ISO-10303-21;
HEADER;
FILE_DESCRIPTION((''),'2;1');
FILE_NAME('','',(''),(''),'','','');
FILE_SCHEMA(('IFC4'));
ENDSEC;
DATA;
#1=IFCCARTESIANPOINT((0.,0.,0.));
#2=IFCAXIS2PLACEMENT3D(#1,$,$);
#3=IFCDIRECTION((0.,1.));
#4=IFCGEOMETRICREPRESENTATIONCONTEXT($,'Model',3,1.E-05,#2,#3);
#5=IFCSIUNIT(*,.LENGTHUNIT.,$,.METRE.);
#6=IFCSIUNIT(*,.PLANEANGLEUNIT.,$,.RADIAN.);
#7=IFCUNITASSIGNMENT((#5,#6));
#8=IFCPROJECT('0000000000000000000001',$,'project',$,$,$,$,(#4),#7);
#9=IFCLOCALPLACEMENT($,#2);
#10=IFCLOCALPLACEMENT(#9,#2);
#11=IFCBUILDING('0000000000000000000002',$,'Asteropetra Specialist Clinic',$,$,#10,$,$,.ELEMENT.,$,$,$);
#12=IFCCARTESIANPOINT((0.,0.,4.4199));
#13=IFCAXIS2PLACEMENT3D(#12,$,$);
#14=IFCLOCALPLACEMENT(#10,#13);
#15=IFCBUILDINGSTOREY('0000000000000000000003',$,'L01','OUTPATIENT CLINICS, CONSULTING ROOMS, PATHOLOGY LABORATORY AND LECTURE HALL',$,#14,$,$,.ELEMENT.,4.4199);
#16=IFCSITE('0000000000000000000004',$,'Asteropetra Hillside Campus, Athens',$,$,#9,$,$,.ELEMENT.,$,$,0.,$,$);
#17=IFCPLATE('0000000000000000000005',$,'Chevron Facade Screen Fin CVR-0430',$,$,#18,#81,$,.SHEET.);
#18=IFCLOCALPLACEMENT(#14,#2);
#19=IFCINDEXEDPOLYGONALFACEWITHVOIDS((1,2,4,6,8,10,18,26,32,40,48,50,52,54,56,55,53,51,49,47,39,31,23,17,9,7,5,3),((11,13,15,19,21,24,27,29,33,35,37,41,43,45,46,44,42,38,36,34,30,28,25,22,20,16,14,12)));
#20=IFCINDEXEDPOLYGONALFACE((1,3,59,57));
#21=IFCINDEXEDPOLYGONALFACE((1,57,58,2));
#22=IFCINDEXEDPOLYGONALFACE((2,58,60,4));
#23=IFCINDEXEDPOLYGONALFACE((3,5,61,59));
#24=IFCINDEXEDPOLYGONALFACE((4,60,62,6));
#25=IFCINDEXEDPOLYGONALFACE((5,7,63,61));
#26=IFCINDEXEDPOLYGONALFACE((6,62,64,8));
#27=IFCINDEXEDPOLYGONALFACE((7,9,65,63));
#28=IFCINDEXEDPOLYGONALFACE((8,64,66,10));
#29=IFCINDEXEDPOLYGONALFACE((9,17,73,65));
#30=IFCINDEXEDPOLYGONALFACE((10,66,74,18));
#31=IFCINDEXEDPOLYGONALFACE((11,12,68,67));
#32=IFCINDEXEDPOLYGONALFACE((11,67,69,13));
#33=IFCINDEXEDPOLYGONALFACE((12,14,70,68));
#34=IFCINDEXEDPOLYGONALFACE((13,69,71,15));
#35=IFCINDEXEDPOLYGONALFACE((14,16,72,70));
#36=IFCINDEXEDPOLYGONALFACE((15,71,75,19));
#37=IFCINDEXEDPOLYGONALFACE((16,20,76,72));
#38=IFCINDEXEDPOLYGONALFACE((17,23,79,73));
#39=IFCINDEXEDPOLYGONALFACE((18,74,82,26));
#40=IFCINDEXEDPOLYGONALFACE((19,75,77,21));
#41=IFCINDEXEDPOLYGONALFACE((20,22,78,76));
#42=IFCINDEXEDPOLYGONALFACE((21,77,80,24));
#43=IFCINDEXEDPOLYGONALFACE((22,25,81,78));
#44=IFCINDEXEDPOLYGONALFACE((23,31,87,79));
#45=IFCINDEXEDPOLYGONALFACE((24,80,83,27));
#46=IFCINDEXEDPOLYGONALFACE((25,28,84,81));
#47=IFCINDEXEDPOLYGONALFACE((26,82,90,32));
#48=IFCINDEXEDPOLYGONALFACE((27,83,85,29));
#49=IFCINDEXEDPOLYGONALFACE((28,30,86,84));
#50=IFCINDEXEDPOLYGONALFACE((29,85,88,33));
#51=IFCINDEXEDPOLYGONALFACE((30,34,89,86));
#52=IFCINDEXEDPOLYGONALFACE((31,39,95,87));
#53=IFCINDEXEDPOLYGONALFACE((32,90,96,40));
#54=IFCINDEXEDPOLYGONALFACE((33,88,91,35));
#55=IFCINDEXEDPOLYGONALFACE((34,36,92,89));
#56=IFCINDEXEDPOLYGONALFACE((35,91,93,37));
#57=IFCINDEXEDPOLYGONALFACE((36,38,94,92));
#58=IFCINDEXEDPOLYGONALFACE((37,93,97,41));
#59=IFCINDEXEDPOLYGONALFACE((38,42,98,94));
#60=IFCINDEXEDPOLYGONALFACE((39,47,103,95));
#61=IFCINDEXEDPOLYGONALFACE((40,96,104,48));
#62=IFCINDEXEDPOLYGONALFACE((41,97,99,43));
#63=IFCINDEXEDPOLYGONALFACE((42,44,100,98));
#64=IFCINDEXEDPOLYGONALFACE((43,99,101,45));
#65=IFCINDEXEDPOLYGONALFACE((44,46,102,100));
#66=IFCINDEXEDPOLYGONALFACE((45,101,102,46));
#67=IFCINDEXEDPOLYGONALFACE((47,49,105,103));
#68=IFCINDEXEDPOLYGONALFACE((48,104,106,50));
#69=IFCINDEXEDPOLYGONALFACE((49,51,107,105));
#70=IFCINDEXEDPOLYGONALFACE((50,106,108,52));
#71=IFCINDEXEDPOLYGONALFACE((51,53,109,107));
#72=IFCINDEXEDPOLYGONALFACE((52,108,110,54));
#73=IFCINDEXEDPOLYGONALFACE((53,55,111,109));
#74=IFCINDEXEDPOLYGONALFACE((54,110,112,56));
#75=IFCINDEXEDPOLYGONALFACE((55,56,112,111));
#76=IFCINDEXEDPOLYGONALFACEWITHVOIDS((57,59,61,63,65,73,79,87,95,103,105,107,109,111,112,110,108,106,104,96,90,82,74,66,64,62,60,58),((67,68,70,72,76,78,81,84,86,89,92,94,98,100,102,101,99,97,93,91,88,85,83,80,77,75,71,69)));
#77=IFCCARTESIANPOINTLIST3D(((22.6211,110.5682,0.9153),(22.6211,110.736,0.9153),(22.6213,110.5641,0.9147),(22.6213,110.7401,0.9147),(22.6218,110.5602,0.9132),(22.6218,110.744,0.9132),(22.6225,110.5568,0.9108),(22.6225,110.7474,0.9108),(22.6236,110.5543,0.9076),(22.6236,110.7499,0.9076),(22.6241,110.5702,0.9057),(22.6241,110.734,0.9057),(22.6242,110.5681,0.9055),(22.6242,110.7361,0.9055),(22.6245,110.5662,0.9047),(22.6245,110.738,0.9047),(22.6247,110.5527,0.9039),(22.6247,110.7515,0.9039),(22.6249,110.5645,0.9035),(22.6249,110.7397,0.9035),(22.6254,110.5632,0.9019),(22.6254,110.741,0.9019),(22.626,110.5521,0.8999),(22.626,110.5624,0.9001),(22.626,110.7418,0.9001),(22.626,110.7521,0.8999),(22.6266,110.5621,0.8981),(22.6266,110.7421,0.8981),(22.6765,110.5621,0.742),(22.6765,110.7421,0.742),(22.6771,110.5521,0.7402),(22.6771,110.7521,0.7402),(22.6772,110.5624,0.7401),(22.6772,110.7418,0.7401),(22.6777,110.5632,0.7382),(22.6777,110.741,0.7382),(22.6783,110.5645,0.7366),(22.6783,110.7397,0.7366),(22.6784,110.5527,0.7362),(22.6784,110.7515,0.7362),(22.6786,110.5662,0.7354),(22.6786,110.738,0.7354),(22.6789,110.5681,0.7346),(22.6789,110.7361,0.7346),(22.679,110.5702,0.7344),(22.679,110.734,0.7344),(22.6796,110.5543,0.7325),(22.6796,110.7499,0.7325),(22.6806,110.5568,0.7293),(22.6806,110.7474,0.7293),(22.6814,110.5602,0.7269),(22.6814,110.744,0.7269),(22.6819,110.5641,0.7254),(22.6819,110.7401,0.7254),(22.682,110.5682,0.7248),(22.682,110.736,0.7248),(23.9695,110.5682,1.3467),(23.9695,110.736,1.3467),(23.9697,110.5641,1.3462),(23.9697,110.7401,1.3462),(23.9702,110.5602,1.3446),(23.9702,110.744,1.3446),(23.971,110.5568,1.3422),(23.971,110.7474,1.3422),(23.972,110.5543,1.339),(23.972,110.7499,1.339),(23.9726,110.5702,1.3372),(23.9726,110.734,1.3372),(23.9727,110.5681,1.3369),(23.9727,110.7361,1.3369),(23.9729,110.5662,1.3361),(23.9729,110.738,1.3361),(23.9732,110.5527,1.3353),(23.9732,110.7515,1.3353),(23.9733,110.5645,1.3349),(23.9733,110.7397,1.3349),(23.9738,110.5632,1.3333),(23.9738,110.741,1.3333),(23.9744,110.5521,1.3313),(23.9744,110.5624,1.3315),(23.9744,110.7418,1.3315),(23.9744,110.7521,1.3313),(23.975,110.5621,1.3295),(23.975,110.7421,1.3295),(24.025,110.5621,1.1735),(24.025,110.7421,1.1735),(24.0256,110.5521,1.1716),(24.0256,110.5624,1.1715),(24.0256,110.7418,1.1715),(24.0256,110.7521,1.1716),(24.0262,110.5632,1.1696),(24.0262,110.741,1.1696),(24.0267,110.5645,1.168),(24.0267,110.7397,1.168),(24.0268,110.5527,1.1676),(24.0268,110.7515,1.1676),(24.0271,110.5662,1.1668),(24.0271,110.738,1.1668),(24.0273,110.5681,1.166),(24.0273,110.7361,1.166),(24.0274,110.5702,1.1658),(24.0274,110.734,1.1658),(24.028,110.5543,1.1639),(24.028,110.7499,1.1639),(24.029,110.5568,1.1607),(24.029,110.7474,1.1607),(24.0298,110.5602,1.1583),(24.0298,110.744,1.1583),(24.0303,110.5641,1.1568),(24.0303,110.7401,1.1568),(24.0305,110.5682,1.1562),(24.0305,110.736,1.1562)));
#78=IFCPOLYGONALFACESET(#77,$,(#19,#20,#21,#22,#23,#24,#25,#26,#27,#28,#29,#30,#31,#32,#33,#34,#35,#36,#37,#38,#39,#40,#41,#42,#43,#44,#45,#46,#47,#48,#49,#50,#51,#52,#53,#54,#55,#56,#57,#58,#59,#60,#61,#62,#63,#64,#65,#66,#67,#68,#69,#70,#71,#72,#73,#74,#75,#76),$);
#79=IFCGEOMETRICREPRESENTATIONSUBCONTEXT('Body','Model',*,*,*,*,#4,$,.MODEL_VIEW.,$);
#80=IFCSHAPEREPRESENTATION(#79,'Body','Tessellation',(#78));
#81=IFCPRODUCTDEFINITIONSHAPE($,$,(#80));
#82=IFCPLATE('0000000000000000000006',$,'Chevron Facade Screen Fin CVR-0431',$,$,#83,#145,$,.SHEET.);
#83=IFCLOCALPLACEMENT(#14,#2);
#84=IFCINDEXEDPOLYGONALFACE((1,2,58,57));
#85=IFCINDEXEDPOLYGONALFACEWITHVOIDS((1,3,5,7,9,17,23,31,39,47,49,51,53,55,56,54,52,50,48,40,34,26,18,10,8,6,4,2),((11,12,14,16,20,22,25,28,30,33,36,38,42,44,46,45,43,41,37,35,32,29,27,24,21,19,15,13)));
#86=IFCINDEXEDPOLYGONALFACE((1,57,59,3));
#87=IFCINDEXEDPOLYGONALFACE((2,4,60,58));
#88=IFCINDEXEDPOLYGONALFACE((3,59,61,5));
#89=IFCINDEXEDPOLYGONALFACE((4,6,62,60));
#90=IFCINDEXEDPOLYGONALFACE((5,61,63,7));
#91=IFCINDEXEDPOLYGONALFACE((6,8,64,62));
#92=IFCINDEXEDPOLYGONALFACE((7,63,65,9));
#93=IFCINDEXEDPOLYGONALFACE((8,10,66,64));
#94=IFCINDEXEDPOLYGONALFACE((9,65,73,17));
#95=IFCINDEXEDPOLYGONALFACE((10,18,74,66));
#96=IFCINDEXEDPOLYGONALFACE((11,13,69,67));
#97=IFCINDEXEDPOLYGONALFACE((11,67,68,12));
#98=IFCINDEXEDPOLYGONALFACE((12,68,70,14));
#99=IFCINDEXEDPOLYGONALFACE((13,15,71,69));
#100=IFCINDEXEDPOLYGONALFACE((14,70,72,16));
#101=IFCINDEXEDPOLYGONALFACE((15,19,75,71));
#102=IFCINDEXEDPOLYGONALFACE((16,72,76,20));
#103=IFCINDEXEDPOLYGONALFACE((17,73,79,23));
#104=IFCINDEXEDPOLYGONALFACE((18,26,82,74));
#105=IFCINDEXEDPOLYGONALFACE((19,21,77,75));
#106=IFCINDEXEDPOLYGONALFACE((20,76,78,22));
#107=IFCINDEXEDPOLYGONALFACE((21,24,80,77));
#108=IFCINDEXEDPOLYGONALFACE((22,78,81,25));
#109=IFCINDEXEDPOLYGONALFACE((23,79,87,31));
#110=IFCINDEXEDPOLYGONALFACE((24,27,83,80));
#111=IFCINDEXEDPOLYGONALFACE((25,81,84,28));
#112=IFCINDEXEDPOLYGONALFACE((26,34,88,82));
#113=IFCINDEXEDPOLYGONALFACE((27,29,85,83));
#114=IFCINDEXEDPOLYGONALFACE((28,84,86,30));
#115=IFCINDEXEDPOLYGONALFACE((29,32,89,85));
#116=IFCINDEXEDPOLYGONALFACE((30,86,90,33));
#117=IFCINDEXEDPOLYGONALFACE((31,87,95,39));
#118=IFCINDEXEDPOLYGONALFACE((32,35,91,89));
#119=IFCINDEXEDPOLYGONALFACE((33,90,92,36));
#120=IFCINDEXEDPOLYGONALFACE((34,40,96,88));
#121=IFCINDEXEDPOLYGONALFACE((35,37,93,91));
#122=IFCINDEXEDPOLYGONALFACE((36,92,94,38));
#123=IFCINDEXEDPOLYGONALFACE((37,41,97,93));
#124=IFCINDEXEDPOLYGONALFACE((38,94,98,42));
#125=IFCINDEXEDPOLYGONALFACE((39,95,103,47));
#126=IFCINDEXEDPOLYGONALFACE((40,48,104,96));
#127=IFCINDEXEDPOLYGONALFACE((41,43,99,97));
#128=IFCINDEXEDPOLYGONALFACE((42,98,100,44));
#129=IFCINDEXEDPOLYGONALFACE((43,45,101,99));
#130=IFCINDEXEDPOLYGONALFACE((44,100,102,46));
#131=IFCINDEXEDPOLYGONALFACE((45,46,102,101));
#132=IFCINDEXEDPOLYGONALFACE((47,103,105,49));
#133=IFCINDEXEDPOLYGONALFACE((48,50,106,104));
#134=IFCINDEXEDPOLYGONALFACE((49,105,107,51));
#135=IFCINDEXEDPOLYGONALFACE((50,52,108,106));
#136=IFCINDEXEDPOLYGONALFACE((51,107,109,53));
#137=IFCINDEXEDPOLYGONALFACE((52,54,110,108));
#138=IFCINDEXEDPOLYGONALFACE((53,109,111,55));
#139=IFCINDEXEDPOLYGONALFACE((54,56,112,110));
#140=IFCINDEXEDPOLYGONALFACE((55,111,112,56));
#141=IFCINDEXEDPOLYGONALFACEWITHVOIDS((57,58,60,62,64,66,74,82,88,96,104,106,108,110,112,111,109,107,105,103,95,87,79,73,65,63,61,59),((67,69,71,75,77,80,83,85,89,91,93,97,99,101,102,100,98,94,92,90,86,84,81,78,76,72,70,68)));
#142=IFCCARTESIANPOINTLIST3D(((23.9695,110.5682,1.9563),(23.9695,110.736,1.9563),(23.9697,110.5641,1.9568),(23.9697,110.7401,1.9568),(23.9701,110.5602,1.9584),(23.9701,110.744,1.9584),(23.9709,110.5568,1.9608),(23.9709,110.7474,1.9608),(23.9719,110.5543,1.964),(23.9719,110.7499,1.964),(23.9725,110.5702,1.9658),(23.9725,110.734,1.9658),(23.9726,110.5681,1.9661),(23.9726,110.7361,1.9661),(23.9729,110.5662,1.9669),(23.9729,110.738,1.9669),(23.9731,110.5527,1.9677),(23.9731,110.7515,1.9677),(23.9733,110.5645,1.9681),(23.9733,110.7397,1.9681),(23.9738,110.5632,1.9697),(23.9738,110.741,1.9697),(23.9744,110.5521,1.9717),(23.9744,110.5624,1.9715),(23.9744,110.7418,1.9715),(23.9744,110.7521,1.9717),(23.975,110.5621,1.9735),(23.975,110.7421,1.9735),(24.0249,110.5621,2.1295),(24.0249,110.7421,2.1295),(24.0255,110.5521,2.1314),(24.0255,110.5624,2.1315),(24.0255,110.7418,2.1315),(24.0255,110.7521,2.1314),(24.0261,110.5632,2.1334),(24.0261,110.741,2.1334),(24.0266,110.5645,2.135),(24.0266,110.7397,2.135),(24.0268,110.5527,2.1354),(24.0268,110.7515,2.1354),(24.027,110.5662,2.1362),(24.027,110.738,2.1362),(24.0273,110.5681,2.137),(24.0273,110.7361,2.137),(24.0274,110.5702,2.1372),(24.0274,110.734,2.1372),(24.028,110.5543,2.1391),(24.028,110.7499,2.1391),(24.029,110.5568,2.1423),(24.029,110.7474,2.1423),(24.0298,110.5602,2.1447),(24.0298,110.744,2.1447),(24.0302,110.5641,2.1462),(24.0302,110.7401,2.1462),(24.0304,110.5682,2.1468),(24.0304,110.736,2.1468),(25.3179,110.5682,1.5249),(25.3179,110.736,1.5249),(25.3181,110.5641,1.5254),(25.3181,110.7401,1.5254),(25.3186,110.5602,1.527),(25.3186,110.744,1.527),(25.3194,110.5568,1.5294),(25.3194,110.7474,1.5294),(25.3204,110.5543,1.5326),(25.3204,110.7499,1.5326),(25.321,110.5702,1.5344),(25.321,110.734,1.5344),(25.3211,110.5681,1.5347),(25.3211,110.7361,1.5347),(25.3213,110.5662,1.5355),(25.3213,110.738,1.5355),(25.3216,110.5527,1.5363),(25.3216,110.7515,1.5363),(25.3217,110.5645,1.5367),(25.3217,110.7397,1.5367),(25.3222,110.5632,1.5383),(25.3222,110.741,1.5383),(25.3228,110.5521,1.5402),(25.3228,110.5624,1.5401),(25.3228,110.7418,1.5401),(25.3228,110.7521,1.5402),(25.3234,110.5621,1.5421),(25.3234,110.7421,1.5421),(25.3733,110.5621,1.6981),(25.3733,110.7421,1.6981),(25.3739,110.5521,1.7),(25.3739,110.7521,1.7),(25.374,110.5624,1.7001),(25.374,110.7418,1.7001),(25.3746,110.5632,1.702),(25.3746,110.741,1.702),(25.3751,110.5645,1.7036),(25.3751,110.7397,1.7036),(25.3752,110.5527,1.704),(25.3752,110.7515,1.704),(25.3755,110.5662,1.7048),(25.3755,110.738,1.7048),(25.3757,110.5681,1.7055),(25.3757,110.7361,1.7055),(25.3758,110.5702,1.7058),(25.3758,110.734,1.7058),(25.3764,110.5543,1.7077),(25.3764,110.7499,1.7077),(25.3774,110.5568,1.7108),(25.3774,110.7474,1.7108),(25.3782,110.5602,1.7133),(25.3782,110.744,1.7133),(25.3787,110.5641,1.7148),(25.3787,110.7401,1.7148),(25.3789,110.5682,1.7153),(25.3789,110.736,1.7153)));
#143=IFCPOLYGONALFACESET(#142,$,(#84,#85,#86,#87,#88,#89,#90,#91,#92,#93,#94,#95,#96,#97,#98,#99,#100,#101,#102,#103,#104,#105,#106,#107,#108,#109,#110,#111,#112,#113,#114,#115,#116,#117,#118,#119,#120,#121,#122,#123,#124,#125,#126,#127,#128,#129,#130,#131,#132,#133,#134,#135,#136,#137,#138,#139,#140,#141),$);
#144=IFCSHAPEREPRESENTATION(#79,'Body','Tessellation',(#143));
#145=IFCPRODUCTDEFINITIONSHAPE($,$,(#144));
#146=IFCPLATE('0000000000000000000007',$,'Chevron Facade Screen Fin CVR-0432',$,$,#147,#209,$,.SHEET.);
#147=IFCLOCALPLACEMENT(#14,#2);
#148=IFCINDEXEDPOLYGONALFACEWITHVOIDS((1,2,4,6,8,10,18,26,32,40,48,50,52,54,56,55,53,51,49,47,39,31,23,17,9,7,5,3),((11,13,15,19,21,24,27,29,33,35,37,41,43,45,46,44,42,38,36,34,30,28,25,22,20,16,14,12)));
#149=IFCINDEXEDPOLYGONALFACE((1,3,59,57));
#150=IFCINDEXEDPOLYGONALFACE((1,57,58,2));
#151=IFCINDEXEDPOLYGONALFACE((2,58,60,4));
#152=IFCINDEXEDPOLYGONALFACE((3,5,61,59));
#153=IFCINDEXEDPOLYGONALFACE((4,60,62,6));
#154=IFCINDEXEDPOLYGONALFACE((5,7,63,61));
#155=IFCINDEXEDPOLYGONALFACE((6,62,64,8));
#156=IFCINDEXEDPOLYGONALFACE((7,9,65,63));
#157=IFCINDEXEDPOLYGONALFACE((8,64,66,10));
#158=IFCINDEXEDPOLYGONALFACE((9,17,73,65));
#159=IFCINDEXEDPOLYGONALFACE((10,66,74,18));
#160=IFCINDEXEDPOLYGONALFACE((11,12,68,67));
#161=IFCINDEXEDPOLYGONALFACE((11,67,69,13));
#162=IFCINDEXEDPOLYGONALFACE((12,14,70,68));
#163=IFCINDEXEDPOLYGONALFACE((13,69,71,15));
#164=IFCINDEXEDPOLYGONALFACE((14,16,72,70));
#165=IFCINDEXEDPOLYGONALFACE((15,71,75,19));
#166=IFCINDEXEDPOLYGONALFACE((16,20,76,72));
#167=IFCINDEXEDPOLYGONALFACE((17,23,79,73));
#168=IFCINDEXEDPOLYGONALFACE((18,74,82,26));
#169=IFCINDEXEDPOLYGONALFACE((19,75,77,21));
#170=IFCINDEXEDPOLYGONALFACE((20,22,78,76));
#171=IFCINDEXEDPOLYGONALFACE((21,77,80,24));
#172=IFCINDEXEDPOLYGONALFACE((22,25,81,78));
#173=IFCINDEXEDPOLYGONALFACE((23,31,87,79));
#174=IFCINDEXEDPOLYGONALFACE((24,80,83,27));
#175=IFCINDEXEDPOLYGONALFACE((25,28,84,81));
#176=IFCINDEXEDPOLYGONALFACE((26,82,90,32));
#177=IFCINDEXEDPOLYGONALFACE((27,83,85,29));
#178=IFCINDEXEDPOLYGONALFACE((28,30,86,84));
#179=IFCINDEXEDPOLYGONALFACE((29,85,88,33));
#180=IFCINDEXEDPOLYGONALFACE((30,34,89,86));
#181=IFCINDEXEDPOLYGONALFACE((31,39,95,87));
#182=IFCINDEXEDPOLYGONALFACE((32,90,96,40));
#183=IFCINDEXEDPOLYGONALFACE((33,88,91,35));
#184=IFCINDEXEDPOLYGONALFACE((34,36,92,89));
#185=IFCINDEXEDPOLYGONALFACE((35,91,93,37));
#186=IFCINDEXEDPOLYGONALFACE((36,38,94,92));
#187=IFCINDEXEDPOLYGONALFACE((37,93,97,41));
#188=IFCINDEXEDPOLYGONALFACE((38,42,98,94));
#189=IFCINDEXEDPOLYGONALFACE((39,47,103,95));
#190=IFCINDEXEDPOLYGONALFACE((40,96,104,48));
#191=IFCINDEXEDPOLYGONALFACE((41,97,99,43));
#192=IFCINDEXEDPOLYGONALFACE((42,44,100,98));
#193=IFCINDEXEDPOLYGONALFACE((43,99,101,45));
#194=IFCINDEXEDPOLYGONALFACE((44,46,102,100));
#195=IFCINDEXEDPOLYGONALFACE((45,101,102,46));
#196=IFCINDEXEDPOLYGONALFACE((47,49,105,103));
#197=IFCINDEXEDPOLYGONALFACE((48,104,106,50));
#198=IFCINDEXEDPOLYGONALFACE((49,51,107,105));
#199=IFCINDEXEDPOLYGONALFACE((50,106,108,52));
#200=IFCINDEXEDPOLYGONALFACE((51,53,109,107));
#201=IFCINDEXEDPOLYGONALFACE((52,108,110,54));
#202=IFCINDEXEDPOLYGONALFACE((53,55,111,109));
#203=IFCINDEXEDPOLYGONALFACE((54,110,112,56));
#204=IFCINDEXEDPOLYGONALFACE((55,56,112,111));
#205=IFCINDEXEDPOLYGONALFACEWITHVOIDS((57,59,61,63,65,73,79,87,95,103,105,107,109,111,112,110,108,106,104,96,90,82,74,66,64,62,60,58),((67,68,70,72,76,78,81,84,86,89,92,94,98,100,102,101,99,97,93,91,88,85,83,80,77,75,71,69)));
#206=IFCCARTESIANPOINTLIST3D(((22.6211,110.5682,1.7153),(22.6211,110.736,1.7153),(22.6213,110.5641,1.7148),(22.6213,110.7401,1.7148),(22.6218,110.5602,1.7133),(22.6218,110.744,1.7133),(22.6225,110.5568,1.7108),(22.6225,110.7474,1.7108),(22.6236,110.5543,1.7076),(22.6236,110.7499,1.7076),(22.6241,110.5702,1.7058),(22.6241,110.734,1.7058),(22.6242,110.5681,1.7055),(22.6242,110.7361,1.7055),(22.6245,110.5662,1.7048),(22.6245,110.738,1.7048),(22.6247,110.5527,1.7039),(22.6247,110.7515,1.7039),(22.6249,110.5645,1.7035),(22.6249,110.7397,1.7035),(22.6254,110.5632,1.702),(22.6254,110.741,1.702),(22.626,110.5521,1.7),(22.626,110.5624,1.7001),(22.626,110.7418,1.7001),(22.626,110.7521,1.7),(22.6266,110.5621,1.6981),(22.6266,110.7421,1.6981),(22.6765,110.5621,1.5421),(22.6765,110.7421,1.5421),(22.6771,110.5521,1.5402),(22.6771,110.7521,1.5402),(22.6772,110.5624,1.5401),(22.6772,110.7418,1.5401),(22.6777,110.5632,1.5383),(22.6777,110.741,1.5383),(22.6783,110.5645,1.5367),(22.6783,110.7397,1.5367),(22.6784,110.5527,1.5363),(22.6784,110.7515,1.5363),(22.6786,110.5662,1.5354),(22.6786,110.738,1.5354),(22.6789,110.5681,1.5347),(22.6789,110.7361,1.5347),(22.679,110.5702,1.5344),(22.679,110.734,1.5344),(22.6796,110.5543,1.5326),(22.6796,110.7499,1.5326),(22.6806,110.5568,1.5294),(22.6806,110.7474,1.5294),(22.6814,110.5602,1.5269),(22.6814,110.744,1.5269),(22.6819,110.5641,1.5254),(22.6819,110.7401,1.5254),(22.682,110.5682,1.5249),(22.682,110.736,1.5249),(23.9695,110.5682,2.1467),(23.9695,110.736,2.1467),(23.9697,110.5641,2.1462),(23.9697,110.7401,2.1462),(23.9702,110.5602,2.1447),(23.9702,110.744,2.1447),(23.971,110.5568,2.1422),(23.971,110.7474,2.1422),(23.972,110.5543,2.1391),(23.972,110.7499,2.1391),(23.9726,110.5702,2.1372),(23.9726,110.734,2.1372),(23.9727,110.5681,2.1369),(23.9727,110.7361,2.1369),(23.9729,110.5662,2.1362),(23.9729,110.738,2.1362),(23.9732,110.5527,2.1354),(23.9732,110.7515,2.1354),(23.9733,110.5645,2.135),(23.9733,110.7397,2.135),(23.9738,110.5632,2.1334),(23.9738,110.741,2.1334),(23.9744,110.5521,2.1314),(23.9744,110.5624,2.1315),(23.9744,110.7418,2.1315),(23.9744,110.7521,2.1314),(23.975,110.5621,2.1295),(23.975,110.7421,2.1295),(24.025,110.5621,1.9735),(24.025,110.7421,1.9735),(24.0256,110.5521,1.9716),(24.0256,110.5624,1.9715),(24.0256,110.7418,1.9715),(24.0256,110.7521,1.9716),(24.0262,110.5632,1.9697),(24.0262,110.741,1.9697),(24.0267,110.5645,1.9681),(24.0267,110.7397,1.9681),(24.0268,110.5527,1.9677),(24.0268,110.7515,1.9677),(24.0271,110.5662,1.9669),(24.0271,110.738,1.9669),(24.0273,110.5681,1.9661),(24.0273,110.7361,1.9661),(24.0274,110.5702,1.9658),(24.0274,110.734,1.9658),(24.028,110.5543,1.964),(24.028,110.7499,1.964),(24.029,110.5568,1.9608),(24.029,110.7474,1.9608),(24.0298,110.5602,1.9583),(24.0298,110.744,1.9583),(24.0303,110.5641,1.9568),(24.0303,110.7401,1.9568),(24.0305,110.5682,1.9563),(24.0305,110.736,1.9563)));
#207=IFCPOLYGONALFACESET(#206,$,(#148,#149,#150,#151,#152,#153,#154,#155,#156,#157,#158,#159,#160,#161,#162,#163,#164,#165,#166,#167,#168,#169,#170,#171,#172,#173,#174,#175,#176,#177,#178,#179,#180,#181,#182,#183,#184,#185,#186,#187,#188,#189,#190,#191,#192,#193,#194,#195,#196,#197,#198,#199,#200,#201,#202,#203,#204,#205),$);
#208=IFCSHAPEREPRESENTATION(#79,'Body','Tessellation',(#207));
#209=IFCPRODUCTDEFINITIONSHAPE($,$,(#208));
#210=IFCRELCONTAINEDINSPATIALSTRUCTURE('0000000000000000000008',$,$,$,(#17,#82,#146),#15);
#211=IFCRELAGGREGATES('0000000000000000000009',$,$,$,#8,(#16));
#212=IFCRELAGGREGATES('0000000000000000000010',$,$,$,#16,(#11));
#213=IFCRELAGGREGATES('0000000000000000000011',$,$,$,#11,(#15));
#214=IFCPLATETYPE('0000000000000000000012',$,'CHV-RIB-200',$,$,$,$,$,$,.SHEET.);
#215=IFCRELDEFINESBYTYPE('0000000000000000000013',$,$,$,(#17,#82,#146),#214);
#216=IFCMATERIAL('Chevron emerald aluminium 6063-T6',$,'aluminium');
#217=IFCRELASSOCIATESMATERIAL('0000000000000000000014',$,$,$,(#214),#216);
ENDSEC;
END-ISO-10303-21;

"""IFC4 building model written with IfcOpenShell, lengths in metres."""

from ifc_helpers import new_model, si_unit, direction, frame, origin, origin_2d, place, context, subcontext, project, spatial, hollow_rectangle, extrude, material, material_profile, profile_set, type_object, element, save


model = new_model("IFC4")

# Units and contexts
model_context = context("Model", 3, precision=1e-05, world=origin(), true_north=direction((0.0, 1.0)))
body_context = subcontext(model_context, "Body", "Model", "MODEL_VIEW")
ifc_project = project(units=[si_unit("LENGTHUNIT", "METRE"), si_unit("PLANEANGLEUNIT", "RADIAN")], contexts=[model_context])

# Site, building, storey
site_placement = place(None, origin())
site = spatial("IfcSite", under=ifc_project, at=site_placement, Name="Asteropetra Hillside Campus, Athens", CompositionType="ELEMENT", RefElevation=0.0)
building_placement = place(site_placement, origin())
building = spatial("IfcBuilding", under=site, at=building_placement, Name="Asteropetra Specialist Clinic", CompositionType="ELEMENT")
storey_placement = place(building_placement, frame((0.0, 0.0, 4.4199)))
storey = spatial("IfcBuildingStorey", under=building, at=storey_placement, Name="L01", Description="OUTPATIENT CLINICS, CONSULTING ROOMS, PATHOLOGY LABORATORY AND LECTURE HALL", CompositionType="ELEMENT", Elevation=4.4199)

# Plates
ifc_material_1 = material(Name="Chevron emerald aluminium 6063-T6", Category="aluminium")
ifc_material_profile = material_profile(ifc_material_1, hollow_rectangle(XDim=0.2, YDim=0.2, WallThickness=0.01, InnerFilletRadius=0.0081, OuterFilletRadius=0.0161, at=origin_2d()), Name="SHS 200x200x10.0")
ifc_profile_set = profile_set([ifc_material_profile], Name="Chevron emerald aluminium 6063-T6")
plate_type_1 = type_object("IfcPlateType", Name="CHV-RIB-200", PredefinedType="SHEET", material=ifc_profile_set)
for number, where, z_axis, x_axis, name in (
    (1, (24.0, 110.6521, 1.2515), (-0.952442, 0.0, -0.304719), (0.0, -1.0, 0.0), "Chevron Facade Screen Fin CVR-0430"),
    (2, (25.3484, 110.6521, 1.6201), (-0.952442, 0.0, 0.304719), (0.0, -1.0, 0.0), "Chevron Facade Screen Fin CVR-0431"),
    (3, (24.0, 110.6521, 2.0515), (-0.952442, 0.0, -0.304719), (0.0, -1.0, 0.0), "Chevron Facade Screen Fin CVR-0432"),
):
    element("IfcPlate", number, at=place(storey_placement, frame(where, z_axis=z_axis, x_axis=x_axis)), inside=storey, type_object=plate_type_1, Name=name, PredefinedType="SHEET", context=body_context, shape_type="SweptSolid", body=[
        extrude(hollow_rectangle(XDim=0.2, YDim=0.2, WallThickness=0.01, InnerFilletRadius=0.0081, OuterFilletRadius=0.0161, at=origin_2d()), origin(), (0.0, 0.0, 1.0), 1.4158),
    ])

save(model, "model.ifc")
